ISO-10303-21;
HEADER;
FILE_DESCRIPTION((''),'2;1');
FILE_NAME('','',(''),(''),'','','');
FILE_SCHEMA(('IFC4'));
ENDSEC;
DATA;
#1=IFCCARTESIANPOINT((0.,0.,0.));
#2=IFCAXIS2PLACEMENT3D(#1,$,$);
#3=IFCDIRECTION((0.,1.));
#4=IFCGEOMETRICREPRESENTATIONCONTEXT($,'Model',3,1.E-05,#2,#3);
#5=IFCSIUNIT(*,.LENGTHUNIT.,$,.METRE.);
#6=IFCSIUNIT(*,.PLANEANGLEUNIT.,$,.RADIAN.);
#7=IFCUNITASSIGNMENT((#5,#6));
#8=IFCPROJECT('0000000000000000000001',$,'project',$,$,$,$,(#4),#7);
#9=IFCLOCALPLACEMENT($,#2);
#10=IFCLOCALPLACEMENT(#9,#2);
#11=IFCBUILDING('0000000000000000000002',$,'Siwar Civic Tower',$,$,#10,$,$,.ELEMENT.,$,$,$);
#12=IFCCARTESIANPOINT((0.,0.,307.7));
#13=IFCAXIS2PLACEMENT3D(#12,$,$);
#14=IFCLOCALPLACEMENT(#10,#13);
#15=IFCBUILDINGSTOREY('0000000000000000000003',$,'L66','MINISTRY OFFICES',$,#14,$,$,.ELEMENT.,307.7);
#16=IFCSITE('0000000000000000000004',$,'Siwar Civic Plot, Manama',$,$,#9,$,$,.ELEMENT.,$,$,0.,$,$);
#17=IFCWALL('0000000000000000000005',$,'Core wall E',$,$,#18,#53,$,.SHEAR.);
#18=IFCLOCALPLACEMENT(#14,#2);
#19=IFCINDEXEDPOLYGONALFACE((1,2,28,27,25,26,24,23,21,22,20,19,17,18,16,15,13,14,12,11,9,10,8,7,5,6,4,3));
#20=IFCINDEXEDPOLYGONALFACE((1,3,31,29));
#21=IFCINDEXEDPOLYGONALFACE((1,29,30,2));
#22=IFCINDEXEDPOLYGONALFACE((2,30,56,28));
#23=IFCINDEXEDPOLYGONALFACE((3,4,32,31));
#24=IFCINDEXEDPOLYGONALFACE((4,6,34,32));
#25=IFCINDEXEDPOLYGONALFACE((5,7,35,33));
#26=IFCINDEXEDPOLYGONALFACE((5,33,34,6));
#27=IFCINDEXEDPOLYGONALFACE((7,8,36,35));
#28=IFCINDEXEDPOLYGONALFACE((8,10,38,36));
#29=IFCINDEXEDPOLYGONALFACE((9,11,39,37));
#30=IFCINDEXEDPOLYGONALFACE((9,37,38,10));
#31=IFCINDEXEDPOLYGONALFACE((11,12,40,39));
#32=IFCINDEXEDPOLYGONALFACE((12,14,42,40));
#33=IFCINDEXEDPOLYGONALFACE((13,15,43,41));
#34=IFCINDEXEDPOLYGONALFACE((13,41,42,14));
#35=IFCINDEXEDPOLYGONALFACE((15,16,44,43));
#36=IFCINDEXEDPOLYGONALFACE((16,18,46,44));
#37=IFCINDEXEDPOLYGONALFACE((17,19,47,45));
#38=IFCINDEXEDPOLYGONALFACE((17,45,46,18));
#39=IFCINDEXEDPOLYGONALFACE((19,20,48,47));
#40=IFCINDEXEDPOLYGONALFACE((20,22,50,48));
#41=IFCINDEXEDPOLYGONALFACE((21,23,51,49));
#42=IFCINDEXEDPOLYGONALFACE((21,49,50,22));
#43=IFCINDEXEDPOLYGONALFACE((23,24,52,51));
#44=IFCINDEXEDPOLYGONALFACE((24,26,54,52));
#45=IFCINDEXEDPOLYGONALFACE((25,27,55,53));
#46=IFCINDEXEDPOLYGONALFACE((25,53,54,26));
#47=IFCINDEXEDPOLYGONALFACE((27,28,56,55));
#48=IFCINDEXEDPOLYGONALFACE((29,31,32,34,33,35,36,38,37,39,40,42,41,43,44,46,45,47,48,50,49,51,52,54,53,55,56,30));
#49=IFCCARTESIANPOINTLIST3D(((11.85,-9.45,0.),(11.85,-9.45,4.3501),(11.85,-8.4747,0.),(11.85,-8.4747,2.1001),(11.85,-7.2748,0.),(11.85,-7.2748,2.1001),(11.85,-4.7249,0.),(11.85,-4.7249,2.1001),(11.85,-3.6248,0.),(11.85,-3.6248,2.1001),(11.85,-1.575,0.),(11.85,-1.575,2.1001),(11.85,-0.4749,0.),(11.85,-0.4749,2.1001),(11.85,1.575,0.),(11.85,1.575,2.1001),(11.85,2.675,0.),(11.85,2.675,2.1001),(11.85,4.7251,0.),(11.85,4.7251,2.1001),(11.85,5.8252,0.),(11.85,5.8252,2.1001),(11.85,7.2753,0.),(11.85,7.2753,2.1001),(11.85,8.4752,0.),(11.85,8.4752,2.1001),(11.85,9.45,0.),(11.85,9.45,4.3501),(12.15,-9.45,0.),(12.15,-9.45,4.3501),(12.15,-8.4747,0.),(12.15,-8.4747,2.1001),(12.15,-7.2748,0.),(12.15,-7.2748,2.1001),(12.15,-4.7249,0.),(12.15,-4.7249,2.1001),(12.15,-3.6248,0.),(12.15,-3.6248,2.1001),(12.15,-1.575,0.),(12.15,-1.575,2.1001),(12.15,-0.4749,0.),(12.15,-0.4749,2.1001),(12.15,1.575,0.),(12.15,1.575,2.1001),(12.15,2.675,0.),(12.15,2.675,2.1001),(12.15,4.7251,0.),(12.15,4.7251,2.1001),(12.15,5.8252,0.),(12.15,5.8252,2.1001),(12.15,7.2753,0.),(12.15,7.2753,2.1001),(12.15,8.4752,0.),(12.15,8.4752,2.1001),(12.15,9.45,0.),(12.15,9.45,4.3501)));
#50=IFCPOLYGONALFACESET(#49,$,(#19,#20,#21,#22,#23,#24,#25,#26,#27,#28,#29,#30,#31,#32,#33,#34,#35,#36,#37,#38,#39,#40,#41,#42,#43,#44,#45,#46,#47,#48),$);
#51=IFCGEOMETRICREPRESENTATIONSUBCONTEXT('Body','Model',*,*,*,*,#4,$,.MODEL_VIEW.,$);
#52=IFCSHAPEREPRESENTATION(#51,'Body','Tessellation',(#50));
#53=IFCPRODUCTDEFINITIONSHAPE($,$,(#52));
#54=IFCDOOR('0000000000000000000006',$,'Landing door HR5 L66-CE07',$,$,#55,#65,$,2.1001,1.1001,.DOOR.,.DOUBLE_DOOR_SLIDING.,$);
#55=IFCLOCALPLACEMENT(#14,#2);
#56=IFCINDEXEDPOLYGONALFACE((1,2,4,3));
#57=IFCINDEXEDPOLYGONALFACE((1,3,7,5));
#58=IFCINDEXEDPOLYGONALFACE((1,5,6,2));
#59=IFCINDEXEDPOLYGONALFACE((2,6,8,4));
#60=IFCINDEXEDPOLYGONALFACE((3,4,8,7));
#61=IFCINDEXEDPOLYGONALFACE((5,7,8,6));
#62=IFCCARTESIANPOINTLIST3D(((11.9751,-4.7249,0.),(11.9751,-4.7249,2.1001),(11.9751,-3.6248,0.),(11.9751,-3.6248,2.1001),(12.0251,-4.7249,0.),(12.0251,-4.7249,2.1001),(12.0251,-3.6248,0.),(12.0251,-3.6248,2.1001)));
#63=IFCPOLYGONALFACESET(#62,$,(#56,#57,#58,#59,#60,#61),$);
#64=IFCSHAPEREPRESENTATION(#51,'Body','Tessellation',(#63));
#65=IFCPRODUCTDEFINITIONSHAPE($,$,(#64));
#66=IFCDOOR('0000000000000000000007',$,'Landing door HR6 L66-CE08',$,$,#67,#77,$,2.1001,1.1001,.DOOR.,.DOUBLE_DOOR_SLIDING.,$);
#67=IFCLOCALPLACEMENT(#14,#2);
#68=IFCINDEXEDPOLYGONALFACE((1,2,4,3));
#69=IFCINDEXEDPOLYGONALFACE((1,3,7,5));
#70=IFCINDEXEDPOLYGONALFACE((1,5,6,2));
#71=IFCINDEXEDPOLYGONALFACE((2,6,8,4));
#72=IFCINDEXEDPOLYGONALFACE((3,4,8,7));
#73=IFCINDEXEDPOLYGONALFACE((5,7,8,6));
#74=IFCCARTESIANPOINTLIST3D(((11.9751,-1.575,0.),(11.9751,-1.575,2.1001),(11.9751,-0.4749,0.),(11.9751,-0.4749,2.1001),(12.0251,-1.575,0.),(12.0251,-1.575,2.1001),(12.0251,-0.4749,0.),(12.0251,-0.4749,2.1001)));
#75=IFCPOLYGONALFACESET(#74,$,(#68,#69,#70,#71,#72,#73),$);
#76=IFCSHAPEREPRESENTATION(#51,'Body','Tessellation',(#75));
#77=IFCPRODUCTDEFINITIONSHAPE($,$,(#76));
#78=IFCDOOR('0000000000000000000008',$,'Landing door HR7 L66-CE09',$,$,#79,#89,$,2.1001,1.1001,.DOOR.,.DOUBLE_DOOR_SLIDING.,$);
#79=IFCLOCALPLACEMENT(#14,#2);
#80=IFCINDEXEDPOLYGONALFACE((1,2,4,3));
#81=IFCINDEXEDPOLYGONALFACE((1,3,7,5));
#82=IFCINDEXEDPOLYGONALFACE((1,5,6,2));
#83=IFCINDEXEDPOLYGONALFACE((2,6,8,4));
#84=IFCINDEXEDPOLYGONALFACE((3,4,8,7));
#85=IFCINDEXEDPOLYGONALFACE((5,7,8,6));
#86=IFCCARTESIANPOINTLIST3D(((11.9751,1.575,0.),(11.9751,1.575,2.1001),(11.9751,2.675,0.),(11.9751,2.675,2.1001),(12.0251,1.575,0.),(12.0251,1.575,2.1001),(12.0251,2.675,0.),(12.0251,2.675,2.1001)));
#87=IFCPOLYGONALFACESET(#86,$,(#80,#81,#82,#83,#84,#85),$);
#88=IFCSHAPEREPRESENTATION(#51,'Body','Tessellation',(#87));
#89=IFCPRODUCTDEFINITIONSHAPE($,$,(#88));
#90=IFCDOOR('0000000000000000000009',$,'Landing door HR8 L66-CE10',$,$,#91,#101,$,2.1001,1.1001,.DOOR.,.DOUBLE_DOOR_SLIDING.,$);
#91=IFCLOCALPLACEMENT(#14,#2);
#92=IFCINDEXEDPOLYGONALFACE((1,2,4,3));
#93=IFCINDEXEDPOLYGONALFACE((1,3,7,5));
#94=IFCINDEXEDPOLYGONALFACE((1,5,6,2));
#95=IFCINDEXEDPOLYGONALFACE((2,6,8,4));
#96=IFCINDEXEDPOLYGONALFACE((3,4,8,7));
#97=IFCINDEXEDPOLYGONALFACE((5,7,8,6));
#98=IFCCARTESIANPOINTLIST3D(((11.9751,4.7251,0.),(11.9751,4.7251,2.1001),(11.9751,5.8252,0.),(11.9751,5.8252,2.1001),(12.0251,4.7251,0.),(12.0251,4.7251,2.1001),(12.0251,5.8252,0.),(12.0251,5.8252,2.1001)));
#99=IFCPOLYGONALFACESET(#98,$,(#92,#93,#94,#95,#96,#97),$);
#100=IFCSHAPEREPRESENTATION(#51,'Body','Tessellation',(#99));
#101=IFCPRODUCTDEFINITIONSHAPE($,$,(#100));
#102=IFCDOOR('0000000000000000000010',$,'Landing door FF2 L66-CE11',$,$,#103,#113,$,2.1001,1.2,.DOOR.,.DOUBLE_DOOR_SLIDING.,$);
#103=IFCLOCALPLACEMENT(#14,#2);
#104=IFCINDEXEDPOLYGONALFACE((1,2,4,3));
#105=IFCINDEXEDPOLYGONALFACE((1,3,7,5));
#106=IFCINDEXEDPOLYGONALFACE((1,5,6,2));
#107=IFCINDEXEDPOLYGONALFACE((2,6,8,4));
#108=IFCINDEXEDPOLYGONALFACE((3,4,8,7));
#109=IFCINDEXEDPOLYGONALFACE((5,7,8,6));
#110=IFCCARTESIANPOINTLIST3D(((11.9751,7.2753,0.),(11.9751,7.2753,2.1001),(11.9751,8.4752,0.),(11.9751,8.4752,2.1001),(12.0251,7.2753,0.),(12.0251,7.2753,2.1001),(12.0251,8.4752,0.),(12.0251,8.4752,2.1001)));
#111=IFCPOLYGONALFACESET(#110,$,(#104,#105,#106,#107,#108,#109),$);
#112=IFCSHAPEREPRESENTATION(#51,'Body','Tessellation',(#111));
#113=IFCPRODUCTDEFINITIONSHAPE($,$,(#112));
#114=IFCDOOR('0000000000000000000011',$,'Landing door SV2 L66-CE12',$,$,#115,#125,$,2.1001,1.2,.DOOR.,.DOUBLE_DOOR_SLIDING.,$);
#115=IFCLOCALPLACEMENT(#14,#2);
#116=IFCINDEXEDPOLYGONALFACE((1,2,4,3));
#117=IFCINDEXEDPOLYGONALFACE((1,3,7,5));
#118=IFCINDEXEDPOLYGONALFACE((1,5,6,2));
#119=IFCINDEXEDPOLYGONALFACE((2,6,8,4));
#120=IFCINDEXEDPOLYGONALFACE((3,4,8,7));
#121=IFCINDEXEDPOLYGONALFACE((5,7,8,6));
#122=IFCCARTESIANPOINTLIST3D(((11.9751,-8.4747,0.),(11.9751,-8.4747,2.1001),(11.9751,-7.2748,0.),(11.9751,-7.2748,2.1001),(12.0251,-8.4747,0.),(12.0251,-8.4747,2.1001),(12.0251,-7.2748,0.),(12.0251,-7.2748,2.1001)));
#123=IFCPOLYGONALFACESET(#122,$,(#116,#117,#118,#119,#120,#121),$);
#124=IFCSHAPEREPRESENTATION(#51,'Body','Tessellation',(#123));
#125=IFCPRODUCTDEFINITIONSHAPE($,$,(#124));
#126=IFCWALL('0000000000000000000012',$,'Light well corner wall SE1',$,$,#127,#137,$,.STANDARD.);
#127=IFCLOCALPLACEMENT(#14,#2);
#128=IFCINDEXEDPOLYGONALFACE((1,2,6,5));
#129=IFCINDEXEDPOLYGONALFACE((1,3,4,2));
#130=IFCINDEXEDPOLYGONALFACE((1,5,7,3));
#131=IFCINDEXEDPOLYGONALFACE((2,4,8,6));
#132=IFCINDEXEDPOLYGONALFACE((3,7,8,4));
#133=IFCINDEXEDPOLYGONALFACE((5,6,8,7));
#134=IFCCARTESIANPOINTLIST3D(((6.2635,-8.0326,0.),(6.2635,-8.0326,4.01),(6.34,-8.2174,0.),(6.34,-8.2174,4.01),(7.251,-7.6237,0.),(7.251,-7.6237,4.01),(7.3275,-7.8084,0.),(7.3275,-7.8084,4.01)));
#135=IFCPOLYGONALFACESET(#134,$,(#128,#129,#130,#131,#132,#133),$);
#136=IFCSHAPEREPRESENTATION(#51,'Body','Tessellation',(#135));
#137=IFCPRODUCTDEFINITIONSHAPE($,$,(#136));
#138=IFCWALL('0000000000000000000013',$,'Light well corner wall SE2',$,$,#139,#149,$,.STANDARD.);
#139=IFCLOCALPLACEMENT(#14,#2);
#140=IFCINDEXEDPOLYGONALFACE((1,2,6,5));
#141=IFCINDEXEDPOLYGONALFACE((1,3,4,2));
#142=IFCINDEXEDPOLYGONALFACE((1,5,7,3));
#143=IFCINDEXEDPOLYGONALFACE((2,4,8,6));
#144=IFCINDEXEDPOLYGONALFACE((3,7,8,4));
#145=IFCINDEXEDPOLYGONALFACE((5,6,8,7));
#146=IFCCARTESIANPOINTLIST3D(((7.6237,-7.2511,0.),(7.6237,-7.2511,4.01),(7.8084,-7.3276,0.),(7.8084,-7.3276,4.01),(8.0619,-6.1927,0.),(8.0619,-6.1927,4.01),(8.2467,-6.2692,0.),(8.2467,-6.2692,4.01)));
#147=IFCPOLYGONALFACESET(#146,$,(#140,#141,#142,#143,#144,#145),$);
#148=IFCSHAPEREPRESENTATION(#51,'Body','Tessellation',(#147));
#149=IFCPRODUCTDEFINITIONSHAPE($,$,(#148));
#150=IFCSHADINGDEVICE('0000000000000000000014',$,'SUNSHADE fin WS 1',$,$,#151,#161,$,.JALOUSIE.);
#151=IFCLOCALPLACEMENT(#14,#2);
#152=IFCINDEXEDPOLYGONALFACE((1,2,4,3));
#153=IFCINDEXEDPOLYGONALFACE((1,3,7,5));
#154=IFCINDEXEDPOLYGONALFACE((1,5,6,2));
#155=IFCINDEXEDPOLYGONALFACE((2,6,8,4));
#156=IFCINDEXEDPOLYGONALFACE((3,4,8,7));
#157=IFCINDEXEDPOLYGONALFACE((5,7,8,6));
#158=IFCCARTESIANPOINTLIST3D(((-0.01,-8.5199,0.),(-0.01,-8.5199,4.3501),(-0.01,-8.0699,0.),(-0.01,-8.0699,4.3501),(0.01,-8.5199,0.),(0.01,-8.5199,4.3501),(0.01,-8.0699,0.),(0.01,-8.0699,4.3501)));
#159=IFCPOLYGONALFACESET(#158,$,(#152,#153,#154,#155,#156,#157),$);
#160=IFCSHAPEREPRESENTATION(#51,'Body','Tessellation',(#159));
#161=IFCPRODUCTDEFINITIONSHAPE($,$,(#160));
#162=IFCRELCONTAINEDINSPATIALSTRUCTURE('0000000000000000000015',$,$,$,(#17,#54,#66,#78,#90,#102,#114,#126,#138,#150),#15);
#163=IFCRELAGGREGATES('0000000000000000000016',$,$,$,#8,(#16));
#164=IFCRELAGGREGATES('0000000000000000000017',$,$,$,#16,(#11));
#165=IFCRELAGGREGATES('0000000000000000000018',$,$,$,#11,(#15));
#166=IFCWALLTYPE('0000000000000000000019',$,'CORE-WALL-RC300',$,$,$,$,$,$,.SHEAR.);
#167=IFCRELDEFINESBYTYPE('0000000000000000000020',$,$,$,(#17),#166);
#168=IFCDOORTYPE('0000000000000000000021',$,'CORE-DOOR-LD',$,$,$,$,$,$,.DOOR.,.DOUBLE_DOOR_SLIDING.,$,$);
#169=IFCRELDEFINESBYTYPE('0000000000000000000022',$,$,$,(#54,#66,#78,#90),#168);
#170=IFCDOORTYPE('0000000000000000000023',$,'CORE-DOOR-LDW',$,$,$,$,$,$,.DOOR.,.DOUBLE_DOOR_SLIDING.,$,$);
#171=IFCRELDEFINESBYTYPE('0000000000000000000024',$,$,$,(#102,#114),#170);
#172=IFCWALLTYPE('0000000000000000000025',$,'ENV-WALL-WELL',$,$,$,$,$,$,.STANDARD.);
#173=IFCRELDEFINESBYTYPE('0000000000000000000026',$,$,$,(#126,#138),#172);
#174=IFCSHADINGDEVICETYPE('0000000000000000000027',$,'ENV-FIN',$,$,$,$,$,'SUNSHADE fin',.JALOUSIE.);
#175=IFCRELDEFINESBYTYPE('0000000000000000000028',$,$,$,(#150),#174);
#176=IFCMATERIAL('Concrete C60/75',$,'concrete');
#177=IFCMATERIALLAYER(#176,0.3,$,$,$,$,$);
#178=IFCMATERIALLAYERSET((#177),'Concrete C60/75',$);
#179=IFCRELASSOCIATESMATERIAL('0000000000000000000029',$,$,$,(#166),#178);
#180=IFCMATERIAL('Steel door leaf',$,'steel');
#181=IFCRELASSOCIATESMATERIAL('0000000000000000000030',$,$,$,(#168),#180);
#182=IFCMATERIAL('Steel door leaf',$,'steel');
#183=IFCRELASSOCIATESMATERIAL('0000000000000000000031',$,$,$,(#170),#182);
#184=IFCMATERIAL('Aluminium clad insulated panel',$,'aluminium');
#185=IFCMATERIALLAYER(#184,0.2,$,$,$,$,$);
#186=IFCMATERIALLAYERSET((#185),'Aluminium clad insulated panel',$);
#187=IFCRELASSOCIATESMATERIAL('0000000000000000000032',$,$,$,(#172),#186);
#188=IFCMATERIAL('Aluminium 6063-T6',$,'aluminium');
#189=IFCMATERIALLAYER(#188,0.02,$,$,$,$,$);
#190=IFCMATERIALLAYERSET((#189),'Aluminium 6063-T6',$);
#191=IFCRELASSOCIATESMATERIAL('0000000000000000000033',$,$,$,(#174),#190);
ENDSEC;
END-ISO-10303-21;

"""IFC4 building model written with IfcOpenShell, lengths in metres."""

from ifc_helpers import new_model, si_unit, direction, frame, frame_2d, origin, origin_2d, place, context, subcontext, project, spatial, rectangle, extrude, material, layer, layer_set, type_object, element, fill, save


model = new_model("IFC4")

# Units and contexts
model_context = context("Model", 3, precision=1e-05, world=origin(), true_north=direction((0.0, 1.0)))
body_context = subcontext(model_context, "Body", "Model", "MODEL_VIEW")
ifc_project = project(units=[si_unit("LENGTHUNIT", "METRE"), si_unit("PLANEANGLEUNIT", "RADIAN")], contexts=[model_context])

# Site, building, storey
site_placement = place(None, origin())
site = spatial("IfcSite", under=ifc_project, at=site_placement, Name="Siwar Civic Plot, Manama", CompositionType="ELEMENT", RefElevation=0.0)
building_placement = place(site_placement, origin())
building = spatial("IfcBuilding", under=site, at=building_placement, Name="Siwar Civic Tower", CompositionType="ELEMENT")
storey_placement = place(building_placement, frame((0.0, 0.0, 307.7)))
storey = spatial("IfcBuildingStorey", under=building, at=storey_placement, Name="L66", Description="MINISTRY OFFICES", CompositionType="ELEMENT", Elevation=307.7)

# Wall, openings, doors
ifc_material_1 = material(Name="Concrete C60/75", Category="concrete")
ifc_layer_1 = layer(ifc_material_1, 0.3)
ifc_layer_set_1 = layer_set([ifc_layer_1], Name="Concrete C60/75")
wall_type_1 = type_object("IfcWallType", Name="CORE-WALL-RC300", PredefinedType="SHEAR", material=ifc_layer_set_1)
wall_1_placement = place(storey_placement, frame((12.0, -9.45, 0.0), z_axis=(0.0, 0.0, 1.0), x_axis=(0.0, 1.0, 0.0)))
wall_1 = element("IfcWall", 1, at=wall_1_placement, inside=storey, type_object=wall_type_1, Name="Core wall E", PredefinedType="SHEAR", context=body_context, shape_type="SweptSolid", body=[
    extrude(rectangle(XDim=18.8999, YDim=0.3, at=frame_2d((9.45, 0.0))), origin(), (0.0, 0.0, 1.0), 4.3501),
])
opening_1_placement = place(wall_1_placement, frame((4.7251, 0.0, 0.0)))
opening_1 = element("IfcOpeningElement", 2, at=opening_1_placement, cuts=wall_1, PredefinedType="OPENING", context=body_context, shape_type="SweptSolid", body=[
    extrude(rectangle(XDim=1.1001, YDim=2.1001, at=frame_2d((0.55, 1.05))), frame((0.0, 0.1602, 0.0), z_axis=(0.0, -1.0, 0.0), x_axis=(1.0, 0.0, 0.0)), (0.0, 0.0, 1.0), 0.3201),
])
opening_2_placement = place(wall_1_placement, frame((7.875, 0.0, 0.0)))
opening_2 = element("IfcOpeningElement", 3, at=opening_2_placement, cuts=wall_1, PredefinedType="OPENING", context=body_context, shape_type="SweptSolid", body=[
    extrude(rectangle(XDim=1.1001, YDim=2.1001, at=frame_2d((0.55, 1.05))), frame((0.0, 0.1602, 0.0), z_axis=(0.0, -1.0, 0.0), x_axis=(1.0, 0.0, 0.0)), (0.0, 0.0, 1.0), 0.3201),
])
opening_3_placement = place(wall_1_placement, frame((11.0249, 0.0, 0.0)))
opening_3 = element("IfcOpeningElement", 4, at=opening_3_placement, cuts=wall_1, PredefinedType="OPENING", context=body_context, shape_type="SweptSolid", body=[
    extrude(rectangle(XDim=1.1001, YDim=2.1001, at=frame_2d((0.55, 1.05))), frame((0.0, 0.1602, 0.0), z_axis=(0.0, -1.0, 0.0), x_axis=(1.0, 0.0, 0.0)), (0.0, 0.0, 1.0), 0.3201),
])
opening_4_placement = place(wall_1_placement, frame((14.175, 0.0, 0.0)))
opening_4 = element("IfcOpeningElement", 5, at=opening_4_placement, cuts=wall_1, PredefinedType="OPENING", context=body_context, shape_type="SweptSolid", body=[
    extrude(rectangle(XDim=1.1001, YDim=2.1001, at=frame_2d((0.55, 1.05))), frame((0.0, 0.1602, 0.0), z_axis=(0.0, -1.0, 0.0), x_axis=(1.0, 0.0, 0.0)), (0.0, 0.0, 1.0), 0.3201),
])
opening_5_placement = place(wall_1_placement, frame((16.7251, 0.0, 0.0)))
opening_5 = element("IfcOpeningElement", 6, at=opening_5_placement, cuts=wall_1, PredefinedType="OPENING", context=body_context, shape_type="SweptSolid", body=[
    extrude(rectangle(XDim=1.2, YDim=2.1001, at=frame_2d((0.6001, 1.05))), frame((0.0, 0.1602, 0.0), z_axis=(0.0, -1.0, 0.0), x_axis=(1.0, 0.0, 0.0)), (0.0, 0.0, 1.0), 0.3201),
])
opening_6_placement = place(wall_1_placement, frame((0.9751, 0.0, 0.0)))
opening_6 = element("IfcOpeningElement", 7, at=opening_6_placement, cuts=wall_1, PredefinedType="OPENING", context=body_context, shape_type="SweptSolid", body=[
    extrude(rectangle(XDim=1.2, YDim=2.1001, at=frame_2d((0.6001, 1.05))), frame((0.0, 0.1602, 0.0), z_axis=(0.0, -1.0, 0.0), x_axis=(1.0, 0.0, 0.0)), (0.0, 0.0, 1.0), 0.3201),
])
ifc_material_2 = material(Name="Steel door leaf", Category="steel")
door_type_1 = type_object("IfcDoorType", Name="CORE-DOOR-LD", OperationType="DOUBLE_DOOR_SLIDING", PredefinedType="DOOR", material=ifc_material_2)
door_1_placement = place(opening_1_placement, origin())
door_1 = element("IfcDoor", 8, at=door_1_placement, inside=storey, type_object=door_type_1, Name="Landing door HR5 L66-CE07", OperationType="DOUBLE_DOOR_SLIDING", OverallHeight=2.1001, OverallWidth=1.1001, PredefinedType="DOOR", context=body_context, shape_type="SweptSolid", body=[
    extrude(rectangle(XDim=1.1001, YDim=2.1001, at=frame_2d((0.55, 1.05))), frame((0.0, 0.0249, 0.0), z_axis=(0.0, -1.0, 0.0), x_axis=(1.0, 0.0, 0.0)), (0.0, 0.0, 1.0), 0.05),
])
fill(opening_1, door_1)
door_2_placement = place(opening_2_placement, origin())
door_2 = element("IfcDoor", 9, at=door_2_placement, inside=storey, type_object=door_type_1, Name="Landing door HR6 L66-CE08", OperationType="DOUBLE_DOOR_SLIDING", OverallHeight=2.1001, OverallWidth=1.1001, PredefinedType="DOOR", context=body_context, shape_type="SweptSolid", body=[
    extrude(rectangle(XDim=1.1001, YDim=2.1001, at=frame_2d((0.55, 1.05))), frame((0.0, 0.0249, 0.0), z_axis=(0.0, -1.0, 0.0), x_axis=(1.0, 0.0, 0.0)), (0.0, 0.0, 1.0), 0.05),
])
fill(opening_2, door_2)
door_3_placement = place(opening_3_placement, origin())
door_3 = element("IfcDoor", 10, at=door_3_placement, inside=storey, type_object=door_type_1, Name="Landing door HR7 L66-CE09", OperationType="DOUBLE_DOOR_SLIDING", OverallHeight=2.1001, OverallWidth=1.1001, PredefinedType="DOOR", context=body_context, shape_type="SweptSolid", body=[
    extrude(rectangle(XDim=1.1001, YDim=2.1001, at=frame_2d((0.55, 1.05))), frame((0.0, 0.0249, 0.0), z_axis=(0.0, -1.0, 0.0), x_axis=(1.0, 0.0, 0.0)), (0.0, 0.0, 1.0), 0.05),
])
fill(opening_3, door_3)
door_4_placement = place(opening_4_placement, origin())
door_4 = element("IfcDoor", 11, at=door_4_placement, inside=storey, type_object=door_type_1, Name="Landing door HR8 L66-CE10", OperationType="DOUBLE_DOOR_SLIDING", OverallHeight=2.1001, OverallWidth=1.1001, PredefinedType="DOOR", context=body_context, shape_type="SweptSolid", body=[
    extrude(rectangle(XDim=1.1001, YDim=2.1001, at=frame_2d((0.55, 1.05))), frame((0.0, 0.0249, 0.0), z_axis=(0.0, -1.0, 0.0), x_axis=(1.0, 0.0, 0.0)), (0.0, 0.0, 1.0), 0.05),
])
fill(opening_4, door_4)
ifc_material_3 = material(Name="Steel door leaf", Category="steel")
door_type_2 = type_object("IfcDoorType", Name="CORE-DOOR-LDW", OperationType="DOUBLE_DOOR_SLIDING", PredefinedType="DOOR", material=ifc_material_3)
door_5_placement = place(opening_5_placement, origin())
door_5 = element("IfcDoor", 12, at=door_5_placement, inside=storey, type_object=door_type_2, Name="Landing door FF2 L66-CE11", OperationType="DOUBLE_DOOR_SLIDING", OverallHeight=2.1001, OverallWidth=1.2, PredefinedType="DOOR", context=body_context, shape_type="SweptSolid", body=[
    extrude(rectangle(XDim=1.2, YDim=2.1001, at=frame_2d((0.6001, 1.05))), frame((0.0, 0.0249, 0.0), z_axis=(0.0, -1.0, 0.0), x_axis=(1.0, 0.0, 0.0)), (0.0, 0.0, 1.0), 0.05),
])
fill(opening_5, door_5)
door_6_placement = place(opening_6_placement, origin())
door_6 = element("IfcDoor", 13, at=door_6_placement, inside=storey, type_object=door_type_2, Name="Landing door SV2 L66-CE12", OperationType="DOUBLE_DOOR_SLIDING", OverallHeight=2.1001, OverallWidth=1.2, PredefinedType="DOOR", context=body_context, shape_type="SweptSolid", body=[
    extrude(rectangle(XDim=1.2, YDim=2.1001, at=frame_2d((0.6001, 1.05))), frame((0.0, 0.0249, 0.0), z_axis=(0.0, -1.0, 0.0), x_axis=(1.0, 0.0, 0.0)), (0.0, 0.0, 1.0), 0.05),
])
fill(opening_6, door_6)

# Walls
ifc_material_4 = material(Name="Aluminium clad insulated panel", Category="aluminium")
ifc_layer_2 = layer(ifc_material_4, 0.2)
ifc_layer_set_2 = layer_set([ifc_layer_2], Name="Aluminium clad insulated panel")
wall_type_2 = type_object("IfcWallType", Name="ENV-WALL-WELL", PredefinedType="STANDARD", material=ifc_layer_set_2)
wall_2_placement = place(storey_placement, frame((6.3018, -8.125, 0.0), z_axis=(0.0, 0.0, 1.0), x_axis=(0.923919, 0.382587, 0.0)))
element("IfcWall", 14, at=wall_2_placement, inside=storey, type_object=wall_type_2, Name="Light well corner wall SE1", PredefinedType="STANDARD", context=body_context, shape_type="SweptSolid", body=[
    extrude(rectangle(XDim=1.0688, YDim=0.2, at=frame_2d((0.5344, 0.0))), origin(), (0.0, 0.0, 1.0), 4.01),
])
wall_3_placement = place(storey_placement, frame((7.7161, -7.2893, 0.0), z_axis=(0.0, 0.0, 1.0), x_axis=(0.382571, 0.923926, 0.0)))
element("IfcWall", 15, at=wall_3_placement, inside=storey, type_object=wall_type_2, Name="Light well corner wall SE2", PredefinedType="STANDARD", context=body_context, shape_type="SweptSolid", body=[
    extrude(rectangle(XDim=1.1455, YDim=0.2, at=frame_2d((0.5728, 0.0))), origin(), (0.0, 0.0, 1.0), 4.01),
])

# Shading device
ifc_material_5 = material(Name="Aluminium 6063-T6", Category="aluminium")
ifc_layer_3 = layer(ifc_material_5, 0.02)
ifc_layer_set_3 = layer_set([ifc_layer_3], Name="Aluminium 6063-T6")
shading_device_type = type_object("IfcShadingDeviceType", Name="ENV-FIN", ElementType="SUNSHADE fin", PredefinedType="JALOUSIE", material=ifc_layer_set_3)
shading_device_placement = place(storey_placement, frame((0.0, -8.2949, 0.0), z_axis=(0.0, 0.0, 1.0), x_axis=(1.0, 0.0, 0.0)))
element("IfcShadingDevice", 16, at=shading_device_placement, inside=storey, type_object=shading_device_type, Name="SUNSHADE fin WS 1", PredefinedType="JALOUSIE", context=body_context, shape_type="SweptSolid", body=[
    extrude(rectangle(XDim=0.02, YDim=0.45, at=origin_2d()), origin(), (0.0, 0.0, 1.0), 4.3501),
])

save(model, "model.ifc")
